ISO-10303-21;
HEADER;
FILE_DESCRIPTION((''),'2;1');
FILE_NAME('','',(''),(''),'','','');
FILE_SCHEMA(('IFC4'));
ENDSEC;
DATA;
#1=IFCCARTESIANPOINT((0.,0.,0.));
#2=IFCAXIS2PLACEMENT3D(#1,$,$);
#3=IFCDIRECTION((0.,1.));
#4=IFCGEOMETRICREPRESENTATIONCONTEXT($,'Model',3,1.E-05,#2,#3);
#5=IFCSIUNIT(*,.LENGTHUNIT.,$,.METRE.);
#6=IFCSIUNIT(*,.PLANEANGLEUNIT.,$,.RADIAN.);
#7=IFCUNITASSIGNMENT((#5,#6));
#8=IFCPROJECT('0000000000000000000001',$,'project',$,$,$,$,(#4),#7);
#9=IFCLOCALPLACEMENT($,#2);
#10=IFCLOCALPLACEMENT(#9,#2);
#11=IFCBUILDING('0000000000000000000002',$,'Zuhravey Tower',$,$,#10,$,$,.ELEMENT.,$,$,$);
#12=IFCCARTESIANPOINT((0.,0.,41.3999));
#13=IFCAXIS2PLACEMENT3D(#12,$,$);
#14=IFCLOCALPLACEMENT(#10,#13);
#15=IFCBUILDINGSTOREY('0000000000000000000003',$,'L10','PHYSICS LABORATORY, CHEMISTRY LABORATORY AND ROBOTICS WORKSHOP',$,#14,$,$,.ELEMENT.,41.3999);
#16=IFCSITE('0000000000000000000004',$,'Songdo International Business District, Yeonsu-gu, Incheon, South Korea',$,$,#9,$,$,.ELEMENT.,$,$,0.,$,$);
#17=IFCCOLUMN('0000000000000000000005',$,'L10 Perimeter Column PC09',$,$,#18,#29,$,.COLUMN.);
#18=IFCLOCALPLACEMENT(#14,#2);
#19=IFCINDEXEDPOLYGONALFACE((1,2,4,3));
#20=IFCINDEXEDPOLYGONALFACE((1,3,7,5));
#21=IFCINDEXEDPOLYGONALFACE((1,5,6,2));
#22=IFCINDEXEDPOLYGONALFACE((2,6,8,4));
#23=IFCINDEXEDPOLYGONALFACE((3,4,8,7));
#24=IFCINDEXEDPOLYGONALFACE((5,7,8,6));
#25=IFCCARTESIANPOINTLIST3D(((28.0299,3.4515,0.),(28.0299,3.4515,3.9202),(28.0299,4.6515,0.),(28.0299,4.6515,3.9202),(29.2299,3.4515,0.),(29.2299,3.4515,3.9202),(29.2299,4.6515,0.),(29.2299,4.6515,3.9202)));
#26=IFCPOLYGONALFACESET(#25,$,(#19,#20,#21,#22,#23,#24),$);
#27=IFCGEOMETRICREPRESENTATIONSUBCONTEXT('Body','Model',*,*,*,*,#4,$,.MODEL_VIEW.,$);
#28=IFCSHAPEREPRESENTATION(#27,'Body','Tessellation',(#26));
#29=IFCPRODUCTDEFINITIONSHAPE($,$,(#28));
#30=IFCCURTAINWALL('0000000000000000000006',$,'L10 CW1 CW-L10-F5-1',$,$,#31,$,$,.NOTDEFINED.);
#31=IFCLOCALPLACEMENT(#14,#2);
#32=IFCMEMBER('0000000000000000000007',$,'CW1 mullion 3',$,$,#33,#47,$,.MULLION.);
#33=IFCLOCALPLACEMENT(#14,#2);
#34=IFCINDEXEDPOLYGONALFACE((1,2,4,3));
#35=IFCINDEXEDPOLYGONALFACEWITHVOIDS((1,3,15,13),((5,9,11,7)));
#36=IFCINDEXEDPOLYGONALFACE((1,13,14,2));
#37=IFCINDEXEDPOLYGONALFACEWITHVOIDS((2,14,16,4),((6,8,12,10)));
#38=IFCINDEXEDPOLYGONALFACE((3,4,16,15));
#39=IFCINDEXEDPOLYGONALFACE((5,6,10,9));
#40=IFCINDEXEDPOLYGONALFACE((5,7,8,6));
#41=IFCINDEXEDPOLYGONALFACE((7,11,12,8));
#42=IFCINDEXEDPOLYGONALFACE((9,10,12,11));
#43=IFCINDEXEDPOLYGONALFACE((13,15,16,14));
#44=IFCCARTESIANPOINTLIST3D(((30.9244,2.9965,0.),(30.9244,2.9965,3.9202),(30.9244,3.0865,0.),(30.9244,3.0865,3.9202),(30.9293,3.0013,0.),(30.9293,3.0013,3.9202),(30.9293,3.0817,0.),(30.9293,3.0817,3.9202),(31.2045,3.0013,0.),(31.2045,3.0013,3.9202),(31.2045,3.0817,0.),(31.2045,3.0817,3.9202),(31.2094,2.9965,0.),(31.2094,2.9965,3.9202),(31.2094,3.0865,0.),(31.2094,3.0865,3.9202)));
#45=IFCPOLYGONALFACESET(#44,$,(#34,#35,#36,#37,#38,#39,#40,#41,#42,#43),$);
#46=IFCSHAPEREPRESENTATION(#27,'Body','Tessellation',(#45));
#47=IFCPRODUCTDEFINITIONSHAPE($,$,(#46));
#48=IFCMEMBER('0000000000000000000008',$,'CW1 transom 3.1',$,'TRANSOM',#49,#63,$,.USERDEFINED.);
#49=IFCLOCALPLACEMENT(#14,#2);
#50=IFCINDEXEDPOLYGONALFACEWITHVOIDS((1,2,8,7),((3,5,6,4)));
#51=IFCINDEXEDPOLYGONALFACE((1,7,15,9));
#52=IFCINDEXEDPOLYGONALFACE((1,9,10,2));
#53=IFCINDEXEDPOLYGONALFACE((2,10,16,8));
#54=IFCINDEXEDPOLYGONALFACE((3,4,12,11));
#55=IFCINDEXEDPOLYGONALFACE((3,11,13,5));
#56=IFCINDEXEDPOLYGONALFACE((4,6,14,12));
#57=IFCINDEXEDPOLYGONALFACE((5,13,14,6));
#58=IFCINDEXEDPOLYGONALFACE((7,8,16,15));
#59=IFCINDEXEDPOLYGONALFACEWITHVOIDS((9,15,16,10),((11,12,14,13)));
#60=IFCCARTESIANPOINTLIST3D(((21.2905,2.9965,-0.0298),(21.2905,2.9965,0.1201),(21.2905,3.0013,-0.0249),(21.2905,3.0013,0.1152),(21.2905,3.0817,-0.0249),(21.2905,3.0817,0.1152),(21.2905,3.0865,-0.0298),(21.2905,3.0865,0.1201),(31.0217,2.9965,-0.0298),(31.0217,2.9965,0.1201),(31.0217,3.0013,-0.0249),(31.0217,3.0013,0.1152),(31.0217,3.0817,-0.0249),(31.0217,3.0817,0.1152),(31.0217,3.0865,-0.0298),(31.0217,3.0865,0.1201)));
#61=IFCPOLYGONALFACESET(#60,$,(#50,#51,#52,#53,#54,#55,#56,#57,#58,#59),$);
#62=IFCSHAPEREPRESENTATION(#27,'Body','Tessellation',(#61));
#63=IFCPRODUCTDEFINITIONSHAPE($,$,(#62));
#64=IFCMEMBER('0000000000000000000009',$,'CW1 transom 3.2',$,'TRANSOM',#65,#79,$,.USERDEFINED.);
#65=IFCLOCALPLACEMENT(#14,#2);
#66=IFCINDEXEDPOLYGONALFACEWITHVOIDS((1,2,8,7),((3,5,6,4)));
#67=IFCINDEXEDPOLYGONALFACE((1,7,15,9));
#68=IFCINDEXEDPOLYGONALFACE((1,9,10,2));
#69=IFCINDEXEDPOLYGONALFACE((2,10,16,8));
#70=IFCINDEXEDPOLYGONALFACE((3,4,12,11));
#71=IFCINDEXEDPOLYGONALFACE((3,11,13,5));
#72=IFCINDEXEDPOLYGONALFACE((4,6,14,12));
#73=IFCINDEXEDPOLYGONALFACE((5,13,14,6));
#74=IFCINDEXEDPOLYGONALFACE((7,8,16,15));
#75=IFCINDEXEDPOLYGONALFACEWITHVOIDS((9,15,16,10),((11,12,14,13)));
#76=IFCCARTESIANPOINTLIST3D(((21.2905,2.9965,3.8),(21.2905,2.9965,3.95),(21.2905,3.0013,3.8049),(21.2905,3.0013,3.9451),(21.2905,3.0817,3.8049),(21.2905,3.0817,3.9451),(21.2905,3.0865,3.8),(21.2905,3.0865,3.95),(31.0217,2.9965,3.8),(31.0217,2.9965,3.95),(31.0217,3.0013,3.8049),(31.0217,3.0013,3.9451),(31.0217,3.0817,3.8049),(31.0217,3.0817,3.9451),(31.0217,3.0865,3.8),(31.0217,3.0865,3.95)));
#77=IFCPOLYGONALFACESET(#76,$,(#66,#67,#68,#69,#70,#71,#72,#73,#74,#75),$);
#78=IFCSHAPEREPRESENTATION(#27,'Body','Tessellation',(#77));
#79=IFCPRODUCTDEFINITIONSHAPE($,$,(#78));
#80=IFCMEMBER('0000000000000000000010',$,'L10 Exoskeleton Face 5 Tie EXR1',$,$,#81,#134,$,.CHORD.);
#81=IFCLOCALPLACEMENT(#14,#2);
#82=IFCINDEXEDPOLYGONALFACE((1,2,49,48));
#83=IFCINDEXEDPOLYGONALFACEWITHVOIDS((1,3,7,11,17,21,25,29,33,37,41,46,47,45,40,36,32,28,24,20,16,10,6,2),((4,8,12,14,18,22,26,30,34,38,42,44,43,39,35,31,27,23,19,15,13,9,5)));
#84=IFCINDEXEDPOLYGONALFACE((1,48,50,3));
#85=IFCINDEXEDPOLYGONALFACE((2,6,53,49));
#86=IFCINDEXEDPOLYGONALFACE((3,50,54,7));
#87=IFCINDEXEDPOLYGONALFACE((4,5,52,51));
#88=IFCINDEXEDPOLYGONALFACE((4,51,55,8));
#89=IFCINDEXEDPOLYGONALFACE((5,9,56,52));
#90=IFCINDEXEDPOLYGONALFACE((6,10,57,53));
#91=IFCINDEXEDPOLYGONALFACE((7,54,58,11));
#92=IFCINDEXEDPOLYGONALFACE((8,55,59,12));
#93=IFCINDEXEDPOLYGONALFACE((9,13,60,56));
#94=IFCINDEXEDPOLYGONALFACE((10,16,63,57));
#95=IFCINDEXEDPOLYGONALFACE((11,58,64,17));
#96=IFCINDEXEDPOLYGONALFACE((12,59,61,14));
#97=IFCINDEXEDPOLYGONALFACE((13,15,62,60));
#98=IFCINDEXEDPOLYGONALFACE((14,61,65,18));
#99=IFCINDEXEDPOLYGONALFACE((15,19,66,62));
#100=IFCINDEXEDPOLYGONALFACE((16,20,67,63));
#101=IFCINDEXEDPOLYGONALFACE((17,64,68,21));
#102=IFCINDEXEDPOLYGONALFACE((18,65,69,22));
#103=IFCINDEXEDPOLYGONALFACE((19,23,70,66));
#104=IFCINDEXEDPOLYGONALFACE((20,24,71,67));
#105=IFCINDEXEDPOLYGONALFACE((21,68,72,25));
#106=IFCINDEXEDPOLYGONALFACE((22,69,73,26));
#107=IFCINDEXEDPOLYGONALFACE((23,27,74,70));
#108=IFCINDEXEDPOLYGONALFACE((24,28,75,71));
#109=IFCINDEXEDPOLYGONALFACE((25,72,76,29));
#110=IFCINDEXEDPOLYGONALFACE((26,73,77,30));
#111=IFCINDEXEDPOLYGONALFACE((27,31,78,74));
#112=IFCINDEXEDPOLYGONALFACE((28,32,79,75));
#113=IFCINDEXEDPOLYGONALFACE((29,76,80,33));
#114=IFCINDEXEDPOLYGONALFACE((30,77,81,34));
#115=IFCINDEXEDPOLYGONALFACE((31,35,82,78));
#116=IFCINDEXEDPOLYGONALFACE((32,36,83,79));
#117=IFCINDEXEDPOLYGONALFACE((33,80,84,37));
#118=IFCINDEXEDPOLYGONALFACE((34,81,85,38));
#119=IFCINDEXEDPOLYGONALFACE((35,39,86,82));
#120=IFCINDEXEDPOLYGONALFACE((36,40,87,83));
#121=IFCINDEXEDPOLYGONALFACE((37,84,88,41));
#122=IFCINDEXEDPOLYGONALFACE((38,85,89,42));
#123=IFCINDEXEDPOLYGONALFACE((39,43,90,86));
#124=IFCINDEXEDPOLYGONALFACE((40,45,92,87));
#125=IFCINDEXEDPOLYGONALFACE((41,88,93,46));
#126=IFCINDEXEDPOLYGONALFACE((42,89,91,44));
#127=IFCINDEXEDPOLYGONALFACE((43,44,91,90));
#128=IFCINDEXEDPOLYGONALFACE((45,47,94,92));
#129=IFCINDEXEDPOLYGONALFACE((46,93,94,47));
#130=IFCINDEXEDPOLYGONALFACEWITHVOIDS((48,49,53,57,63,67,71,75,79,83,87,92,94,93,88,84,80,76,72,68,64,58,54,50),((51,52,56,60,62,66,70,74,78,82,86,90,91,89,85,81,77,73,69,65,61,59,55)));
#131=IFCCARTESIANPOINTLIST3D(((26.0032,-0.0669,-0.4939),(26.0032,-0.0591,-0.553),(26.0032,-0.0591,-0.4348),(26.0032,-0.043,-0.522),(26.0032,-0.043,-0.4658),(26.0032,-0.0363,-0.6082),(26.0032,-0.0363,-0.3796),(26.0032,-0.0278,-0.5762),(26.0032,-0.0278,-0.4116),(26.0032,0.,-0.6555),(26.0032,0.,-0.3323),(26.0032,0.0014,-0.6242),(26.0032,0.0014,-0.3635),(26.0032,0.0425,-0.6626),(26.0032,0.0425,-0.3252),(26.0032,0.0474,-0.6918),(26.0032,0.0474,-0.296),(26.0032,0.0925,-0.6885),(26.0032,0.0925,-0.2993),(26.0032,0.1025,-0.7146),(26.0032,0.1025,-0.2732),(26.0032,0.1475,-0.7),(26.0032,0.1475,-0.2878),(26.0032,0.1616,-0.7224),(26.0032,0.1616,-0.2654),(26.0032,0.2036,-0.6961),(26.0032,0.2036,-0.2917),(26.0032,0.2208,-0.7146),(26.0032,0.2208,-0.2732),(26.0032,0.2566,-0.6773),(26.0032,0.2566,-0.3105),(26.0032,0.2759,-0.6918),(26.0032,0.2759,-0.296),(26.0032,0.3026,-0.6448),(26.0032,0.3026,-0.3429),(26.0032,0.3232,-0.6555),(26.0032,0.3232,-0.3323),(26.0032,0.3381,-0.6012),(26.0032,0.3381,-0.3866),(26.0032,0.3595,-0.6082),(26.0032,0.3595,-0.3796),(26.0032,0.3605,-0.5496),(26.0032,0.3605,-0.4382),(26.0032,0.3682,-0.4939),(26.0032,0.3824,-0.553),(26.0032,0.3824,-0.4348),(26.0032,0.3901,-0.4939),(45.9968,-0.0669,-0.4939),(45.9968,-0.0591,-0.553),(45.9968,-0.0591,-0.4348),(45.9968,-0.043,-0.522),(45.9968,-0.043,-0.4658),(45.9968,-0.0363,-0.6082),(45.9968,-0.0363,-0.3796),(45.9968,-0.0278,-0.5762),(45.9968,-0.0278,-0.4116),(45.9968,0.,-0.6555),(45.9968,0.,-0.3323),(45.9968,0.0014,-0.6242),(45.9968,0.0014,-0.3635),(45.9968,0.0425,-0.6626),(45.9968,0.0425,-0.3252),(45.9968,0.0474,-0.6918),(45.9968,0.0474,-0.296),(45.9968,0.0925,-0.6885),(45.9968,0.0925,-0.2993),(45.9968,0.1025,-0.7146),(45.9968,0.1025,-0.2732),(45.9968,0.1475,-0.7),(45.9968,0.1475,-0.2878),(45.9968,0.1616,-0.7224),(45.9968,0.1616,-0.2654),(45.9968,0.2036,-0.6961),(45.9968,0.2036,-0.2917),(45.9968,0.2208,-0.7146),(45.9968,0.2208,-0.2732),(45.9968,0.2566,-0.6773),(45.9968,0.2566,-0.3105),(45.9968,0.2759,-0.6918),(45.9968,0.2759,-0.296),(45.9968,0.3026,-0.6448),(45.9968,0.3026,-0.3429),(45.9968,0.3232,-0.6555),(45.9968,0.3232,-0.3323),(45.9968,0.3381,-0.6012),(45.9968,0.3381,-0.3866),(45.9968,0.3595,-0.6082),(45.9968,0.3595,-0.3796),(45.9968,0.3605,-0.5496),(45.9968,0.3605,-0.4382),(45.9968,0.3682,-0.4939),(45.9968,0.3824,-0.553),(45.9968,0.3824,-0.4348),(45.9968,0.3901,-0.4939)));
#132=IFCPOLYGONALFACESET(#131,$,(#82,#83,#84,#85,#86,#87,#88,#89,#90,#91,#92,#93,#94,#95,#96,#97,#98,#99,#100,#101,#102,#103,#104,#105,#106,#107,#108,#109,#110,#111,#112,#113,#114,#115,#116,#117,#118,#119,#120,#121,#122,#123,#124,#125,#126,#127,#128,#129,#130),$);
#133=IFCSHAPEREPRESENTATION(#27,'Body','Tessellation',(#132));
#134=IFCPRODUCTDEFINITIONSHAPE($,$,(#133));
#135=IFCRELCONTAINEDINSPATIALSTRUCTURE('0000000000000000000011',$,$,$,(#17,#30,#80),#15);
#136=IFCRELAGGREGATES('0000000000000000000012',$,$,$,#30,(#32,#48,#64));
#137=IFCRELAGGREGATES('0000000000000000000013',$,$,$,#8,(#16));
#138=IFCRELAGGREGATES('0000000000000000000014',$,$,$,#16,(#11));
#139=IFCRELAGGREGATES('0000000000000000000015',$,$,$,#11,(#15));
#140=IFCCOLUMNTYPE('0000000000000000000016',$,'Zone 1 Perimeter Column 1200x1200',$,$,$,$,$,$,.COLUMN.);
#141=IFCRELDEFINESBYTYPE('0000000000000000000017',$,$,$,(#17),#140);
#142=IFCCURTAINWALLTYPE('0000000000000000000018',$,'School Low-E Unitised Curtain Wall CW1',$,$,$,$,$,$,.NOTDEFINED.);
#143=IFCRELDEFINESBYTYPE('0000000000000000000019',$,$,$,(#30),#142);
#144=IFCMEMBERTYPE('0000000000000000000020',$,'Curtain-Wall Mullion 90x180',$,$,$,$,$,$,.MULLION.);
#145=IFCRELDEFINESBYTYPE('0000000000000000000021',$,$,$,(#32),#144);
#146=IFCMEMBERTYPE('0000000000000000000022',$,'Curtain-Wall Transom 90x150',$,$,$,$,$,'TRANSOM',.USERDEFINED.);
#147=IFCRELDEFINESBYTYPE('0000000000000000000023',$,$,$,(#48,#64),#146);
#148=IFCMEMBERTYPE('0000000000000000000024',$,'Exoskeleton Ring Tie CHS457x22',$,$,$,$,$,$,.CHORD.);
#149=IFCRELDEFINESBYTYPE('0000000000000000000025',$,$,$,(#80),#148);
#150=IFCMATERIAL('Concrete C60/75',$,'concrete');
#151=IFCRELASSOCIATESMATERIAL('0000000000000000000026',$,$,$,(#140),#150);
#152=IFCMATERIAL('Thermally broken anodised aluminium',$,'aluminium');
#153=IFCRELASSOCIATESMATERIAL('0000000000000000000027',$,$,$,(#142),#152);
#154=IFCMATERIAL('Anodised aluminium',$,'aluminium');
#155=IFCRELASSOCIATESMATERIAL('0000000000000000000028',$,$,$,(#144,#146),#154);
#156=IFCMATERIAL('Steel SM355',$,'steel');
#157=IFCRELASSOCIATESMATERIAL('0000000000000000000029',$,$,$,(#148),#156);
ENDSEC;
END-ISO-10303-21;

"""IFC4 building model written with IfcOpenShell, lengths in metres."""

from ifc_helpers import new_model, si_unit, direction, frame, origin, origin_2d, place, context, subcontext, project, spatial, rectangle, hollow_rectangle, hollow_circle, extrude, material, material_profile, profile_set, type_object, element, aggregate, save


model = new_model("IFC4")

# Units and contexts
model_context = context("Model", 3, precision=1e-05, world=origin(), true_north=direction((0.0, 1.0)))
body_context = subcontext(model_context, "Body", "Model", "MODEL_VIEW")
ifc_project = project(units=[si_unit("LENGTHUNIT", "METRE"), si_unit("PLANEANGLEUNIT", "RADIAN")], contexts=[model_context])

# Site, building, storey
site_placement = place(None, origin())
site = spatial("IfcSite", under=ifc_project, at=site_placement, Name="Songdo International Business District, Yeonsu-gu, Incheon, South Korea", CompositionType="ELEMENT", RefElevation=0.0)
building_placement = place(site_placement, origin())
building = spatial("IfcBuilding", under=site, at=building_placement, Name="Zuhravey Tower", CompositionType="ELEMENT")
storey_placement = place(building_placement, frame((0.0, 0.0, 41.3999)))
storey = spatial("IfcBuildingStorey", under=building, at=storey_placement, Name="L10", Description="PHYSICS LABORATORY, CHEMISTRY LABORATORY AND ROBOTICS WORKSHOP", CompositionType="ELEMENT", Elevation=41.3999)

# Column
ifc_material_1 = material(Name="Concrete C60/75", Category="concrete")
ifc_material_profile_1 = material_profile(ifc_material_1, rectangle(XDim=1.2, YDim=1.2, at=origin_2d()), Name="RC-1200x1200")
ifc_profile_set_1 = profile_set([ifc_material_profile_1], Name="Concrete C60/75")
column_type = type_object("IfcColumnType", Name="Zone 1 Perimeter Column 1200x1200", PredefinedType="COLUMN", material=ifc_profile_set_1)
column_placement = place(storey_placement, frame((28.6299, 4.0515, 0.0), z_axis=(0.0, 0.0, 1.0), x_axis=(1.0, 0.0, 0.0)))
element("IfcColumn", 1, at=column_placement, inside=storey, type_object=column_type, Name="L10 Perimeter Column PC09", PredefinedType="COLUMN", context=body_context, shape_type="SweptSolid", body=[
    extrude(rectangle(XDim=1.2, YDim=1.2, at=origin_2d()), origin(), (0.0, 0.0, 1.0), 3.9202),
])

# Curtain wall, members
ifc_material_2 = material(Name="Thermally broken anodised aluminium", Category="aluminium")
curtain_wall_type = type_object("IfcCurtainWallType", Name="School Low-E Unitised Curtain Wall CW1", PredefinedType="NOTDEFINED", material=ifc_material_2)
curtain_wall_placement = place(storey_placement, origin())
curtain_wall = element("IfcCurtainWall", 2, at=curtain_wall_placement, inside=storey, type_object=curtain_wall_type, Name="L10 CW1 CW-L10-F5-1", PredefinedType="NOTDEFINED")
ifc_material_3 = material(Name="Anodised aluminium", Category="aluminium")
ifc_material_profile_2 = material_profile(ifc_material_3, hollow_rectangle(XDim=0.0901, YDim=0.2849, WallThickness=0.0049, at=origin_2d()), Name="ALU-RHS-90x285x5")
ifc_profile_set_2 = profile_set([ifc_material_profile_2], Name="Anodised aluminium")
member_type_1 = type_object("IfcMemberType", Name="Curtain-Wall Mullion 90x180", PredefinedType="MULLION", material=ifc_profile_set_2)
member_1_placement = place(storey_placement, frame((31.0669, 3.0415, 0.0), z_axis=(0.0, 0.0, 1.0), x_axis=(0.0, -1.0, 0.0)))
member_1 = element("IfcMember", 3, at=member_1_placement, type_object=member_type_1, Name="CW1 mullion 3", PredefinedType="MULLION", context=body_context, shape_type="SweptSolid", body=[
    extrude(hollow_rectangle(XDim=0.0901, YDim=0.2849, WallThickness=0.0049, at=origin_2d()), origin(), (0.0, 0.0, 1.0), 3.9202),
])
ifc_material_profile_3 = material_profile(ifc_material_3, hollow_rectangle(XDim=0.0901, YDim=0.1499, WallThickness=0.0049, at=origin_2d()), Name="ALU-RHS-90x150x5")
ifc_profile_set_3 = profile_set([ifc_material_profile_3], Name="Anodised aluminium")
member_type_2 = type_object("IfcMemberType", Name="Curtain-Wall Transom 90x150", ElementType="TRANSOM", PredefinedType="USERDEFINED", material=ifc_profile_set_3)
member_2_placement = place(storey_placement, frame((31.0217, 3.0415, 0.0452), z_axis=(-1.0, 0.0, 0.0), x_axis=(0.0, -1.0, 0.0)))
member_2 = element("IfcMember", 4, at=member_2_placement, type_object=member_type_2, Name="CW1 transom 3.1", ObjectType="TRANSOM", PredefinedType="USERDEFINED", context=body_context, shape_type="SweptSolid", body=[
    extrude(hollow_rectangle(XDim=0.0901, YDim=0.1499, WallThickness=0.0049, at=origin_2d()), origin(), (0.0, 0.0, 1.0), 9.7312),
])
member_3_placement = place(storey_placement, frame((31.0217, 3.0415, 3.875), z_axis=(-1.0, 0.0, 0.0), x_axis=(0.0, -1.0, 0.0)))
member_3 = element("IfcMember", 5, at=member_3_placement, type_object=member_type_2, Name="CW1 transom 3.2", ObjectType="TRANSOM", PredefinedType="USERDEFINED", context=body_context, shape_type="SweptSolid", body=[
    extrude(hollow_rectangle(XDim=0.0901, YDim=0.1499, WallThickness=0.0049, at=origin_2d()), origin(), (0.0, 0.0, 1.0), 9.7312),
])

# Member
ifc_material_4 = material(Name="Steel SM355", Category="steel")
ifc_material_profile_4 = material_profile(ifc_material_4, hollow_circle(Radius=0.2285, WallThickness=0.022, at=origin_2d()), Name="CHS-457.2x22")
ifc_profile_set_4 = profile_set([ifc_material_profile_4], Name="Steel SM355")
member_type_3 = type_object("IfcMemberType", Name="Exoskeleton Ring Tie CHS457x22", PredefinedType="CHORD", material=ifc_profile_set_4)
member_4_placement = place(storey_placement, frame((26.0032, 0.1616, -0.4939), z_axis=(1.0, 0.0, 0.0), x_axis=(0.0, 1.0, 0.0)))
element("IfcMember", 6, at=member_4_placement, inside=storey, type_object=member_type_3, Name="L10 Exoskeleton Face 5 Tie EXR1", PredefinedType="CHORD", context=body_context, shape_type="SweptSolid", body=[
    extrude(hollow_circle(Radius=0.2285, WallThickness=0.022, at=origin_2d()), origin(), (0.0, 0.0, 1.0), 19.9937),
])

aggregate(curtain_wall, [member_1, member_2, member_3])

save(model, "model.ifc")
